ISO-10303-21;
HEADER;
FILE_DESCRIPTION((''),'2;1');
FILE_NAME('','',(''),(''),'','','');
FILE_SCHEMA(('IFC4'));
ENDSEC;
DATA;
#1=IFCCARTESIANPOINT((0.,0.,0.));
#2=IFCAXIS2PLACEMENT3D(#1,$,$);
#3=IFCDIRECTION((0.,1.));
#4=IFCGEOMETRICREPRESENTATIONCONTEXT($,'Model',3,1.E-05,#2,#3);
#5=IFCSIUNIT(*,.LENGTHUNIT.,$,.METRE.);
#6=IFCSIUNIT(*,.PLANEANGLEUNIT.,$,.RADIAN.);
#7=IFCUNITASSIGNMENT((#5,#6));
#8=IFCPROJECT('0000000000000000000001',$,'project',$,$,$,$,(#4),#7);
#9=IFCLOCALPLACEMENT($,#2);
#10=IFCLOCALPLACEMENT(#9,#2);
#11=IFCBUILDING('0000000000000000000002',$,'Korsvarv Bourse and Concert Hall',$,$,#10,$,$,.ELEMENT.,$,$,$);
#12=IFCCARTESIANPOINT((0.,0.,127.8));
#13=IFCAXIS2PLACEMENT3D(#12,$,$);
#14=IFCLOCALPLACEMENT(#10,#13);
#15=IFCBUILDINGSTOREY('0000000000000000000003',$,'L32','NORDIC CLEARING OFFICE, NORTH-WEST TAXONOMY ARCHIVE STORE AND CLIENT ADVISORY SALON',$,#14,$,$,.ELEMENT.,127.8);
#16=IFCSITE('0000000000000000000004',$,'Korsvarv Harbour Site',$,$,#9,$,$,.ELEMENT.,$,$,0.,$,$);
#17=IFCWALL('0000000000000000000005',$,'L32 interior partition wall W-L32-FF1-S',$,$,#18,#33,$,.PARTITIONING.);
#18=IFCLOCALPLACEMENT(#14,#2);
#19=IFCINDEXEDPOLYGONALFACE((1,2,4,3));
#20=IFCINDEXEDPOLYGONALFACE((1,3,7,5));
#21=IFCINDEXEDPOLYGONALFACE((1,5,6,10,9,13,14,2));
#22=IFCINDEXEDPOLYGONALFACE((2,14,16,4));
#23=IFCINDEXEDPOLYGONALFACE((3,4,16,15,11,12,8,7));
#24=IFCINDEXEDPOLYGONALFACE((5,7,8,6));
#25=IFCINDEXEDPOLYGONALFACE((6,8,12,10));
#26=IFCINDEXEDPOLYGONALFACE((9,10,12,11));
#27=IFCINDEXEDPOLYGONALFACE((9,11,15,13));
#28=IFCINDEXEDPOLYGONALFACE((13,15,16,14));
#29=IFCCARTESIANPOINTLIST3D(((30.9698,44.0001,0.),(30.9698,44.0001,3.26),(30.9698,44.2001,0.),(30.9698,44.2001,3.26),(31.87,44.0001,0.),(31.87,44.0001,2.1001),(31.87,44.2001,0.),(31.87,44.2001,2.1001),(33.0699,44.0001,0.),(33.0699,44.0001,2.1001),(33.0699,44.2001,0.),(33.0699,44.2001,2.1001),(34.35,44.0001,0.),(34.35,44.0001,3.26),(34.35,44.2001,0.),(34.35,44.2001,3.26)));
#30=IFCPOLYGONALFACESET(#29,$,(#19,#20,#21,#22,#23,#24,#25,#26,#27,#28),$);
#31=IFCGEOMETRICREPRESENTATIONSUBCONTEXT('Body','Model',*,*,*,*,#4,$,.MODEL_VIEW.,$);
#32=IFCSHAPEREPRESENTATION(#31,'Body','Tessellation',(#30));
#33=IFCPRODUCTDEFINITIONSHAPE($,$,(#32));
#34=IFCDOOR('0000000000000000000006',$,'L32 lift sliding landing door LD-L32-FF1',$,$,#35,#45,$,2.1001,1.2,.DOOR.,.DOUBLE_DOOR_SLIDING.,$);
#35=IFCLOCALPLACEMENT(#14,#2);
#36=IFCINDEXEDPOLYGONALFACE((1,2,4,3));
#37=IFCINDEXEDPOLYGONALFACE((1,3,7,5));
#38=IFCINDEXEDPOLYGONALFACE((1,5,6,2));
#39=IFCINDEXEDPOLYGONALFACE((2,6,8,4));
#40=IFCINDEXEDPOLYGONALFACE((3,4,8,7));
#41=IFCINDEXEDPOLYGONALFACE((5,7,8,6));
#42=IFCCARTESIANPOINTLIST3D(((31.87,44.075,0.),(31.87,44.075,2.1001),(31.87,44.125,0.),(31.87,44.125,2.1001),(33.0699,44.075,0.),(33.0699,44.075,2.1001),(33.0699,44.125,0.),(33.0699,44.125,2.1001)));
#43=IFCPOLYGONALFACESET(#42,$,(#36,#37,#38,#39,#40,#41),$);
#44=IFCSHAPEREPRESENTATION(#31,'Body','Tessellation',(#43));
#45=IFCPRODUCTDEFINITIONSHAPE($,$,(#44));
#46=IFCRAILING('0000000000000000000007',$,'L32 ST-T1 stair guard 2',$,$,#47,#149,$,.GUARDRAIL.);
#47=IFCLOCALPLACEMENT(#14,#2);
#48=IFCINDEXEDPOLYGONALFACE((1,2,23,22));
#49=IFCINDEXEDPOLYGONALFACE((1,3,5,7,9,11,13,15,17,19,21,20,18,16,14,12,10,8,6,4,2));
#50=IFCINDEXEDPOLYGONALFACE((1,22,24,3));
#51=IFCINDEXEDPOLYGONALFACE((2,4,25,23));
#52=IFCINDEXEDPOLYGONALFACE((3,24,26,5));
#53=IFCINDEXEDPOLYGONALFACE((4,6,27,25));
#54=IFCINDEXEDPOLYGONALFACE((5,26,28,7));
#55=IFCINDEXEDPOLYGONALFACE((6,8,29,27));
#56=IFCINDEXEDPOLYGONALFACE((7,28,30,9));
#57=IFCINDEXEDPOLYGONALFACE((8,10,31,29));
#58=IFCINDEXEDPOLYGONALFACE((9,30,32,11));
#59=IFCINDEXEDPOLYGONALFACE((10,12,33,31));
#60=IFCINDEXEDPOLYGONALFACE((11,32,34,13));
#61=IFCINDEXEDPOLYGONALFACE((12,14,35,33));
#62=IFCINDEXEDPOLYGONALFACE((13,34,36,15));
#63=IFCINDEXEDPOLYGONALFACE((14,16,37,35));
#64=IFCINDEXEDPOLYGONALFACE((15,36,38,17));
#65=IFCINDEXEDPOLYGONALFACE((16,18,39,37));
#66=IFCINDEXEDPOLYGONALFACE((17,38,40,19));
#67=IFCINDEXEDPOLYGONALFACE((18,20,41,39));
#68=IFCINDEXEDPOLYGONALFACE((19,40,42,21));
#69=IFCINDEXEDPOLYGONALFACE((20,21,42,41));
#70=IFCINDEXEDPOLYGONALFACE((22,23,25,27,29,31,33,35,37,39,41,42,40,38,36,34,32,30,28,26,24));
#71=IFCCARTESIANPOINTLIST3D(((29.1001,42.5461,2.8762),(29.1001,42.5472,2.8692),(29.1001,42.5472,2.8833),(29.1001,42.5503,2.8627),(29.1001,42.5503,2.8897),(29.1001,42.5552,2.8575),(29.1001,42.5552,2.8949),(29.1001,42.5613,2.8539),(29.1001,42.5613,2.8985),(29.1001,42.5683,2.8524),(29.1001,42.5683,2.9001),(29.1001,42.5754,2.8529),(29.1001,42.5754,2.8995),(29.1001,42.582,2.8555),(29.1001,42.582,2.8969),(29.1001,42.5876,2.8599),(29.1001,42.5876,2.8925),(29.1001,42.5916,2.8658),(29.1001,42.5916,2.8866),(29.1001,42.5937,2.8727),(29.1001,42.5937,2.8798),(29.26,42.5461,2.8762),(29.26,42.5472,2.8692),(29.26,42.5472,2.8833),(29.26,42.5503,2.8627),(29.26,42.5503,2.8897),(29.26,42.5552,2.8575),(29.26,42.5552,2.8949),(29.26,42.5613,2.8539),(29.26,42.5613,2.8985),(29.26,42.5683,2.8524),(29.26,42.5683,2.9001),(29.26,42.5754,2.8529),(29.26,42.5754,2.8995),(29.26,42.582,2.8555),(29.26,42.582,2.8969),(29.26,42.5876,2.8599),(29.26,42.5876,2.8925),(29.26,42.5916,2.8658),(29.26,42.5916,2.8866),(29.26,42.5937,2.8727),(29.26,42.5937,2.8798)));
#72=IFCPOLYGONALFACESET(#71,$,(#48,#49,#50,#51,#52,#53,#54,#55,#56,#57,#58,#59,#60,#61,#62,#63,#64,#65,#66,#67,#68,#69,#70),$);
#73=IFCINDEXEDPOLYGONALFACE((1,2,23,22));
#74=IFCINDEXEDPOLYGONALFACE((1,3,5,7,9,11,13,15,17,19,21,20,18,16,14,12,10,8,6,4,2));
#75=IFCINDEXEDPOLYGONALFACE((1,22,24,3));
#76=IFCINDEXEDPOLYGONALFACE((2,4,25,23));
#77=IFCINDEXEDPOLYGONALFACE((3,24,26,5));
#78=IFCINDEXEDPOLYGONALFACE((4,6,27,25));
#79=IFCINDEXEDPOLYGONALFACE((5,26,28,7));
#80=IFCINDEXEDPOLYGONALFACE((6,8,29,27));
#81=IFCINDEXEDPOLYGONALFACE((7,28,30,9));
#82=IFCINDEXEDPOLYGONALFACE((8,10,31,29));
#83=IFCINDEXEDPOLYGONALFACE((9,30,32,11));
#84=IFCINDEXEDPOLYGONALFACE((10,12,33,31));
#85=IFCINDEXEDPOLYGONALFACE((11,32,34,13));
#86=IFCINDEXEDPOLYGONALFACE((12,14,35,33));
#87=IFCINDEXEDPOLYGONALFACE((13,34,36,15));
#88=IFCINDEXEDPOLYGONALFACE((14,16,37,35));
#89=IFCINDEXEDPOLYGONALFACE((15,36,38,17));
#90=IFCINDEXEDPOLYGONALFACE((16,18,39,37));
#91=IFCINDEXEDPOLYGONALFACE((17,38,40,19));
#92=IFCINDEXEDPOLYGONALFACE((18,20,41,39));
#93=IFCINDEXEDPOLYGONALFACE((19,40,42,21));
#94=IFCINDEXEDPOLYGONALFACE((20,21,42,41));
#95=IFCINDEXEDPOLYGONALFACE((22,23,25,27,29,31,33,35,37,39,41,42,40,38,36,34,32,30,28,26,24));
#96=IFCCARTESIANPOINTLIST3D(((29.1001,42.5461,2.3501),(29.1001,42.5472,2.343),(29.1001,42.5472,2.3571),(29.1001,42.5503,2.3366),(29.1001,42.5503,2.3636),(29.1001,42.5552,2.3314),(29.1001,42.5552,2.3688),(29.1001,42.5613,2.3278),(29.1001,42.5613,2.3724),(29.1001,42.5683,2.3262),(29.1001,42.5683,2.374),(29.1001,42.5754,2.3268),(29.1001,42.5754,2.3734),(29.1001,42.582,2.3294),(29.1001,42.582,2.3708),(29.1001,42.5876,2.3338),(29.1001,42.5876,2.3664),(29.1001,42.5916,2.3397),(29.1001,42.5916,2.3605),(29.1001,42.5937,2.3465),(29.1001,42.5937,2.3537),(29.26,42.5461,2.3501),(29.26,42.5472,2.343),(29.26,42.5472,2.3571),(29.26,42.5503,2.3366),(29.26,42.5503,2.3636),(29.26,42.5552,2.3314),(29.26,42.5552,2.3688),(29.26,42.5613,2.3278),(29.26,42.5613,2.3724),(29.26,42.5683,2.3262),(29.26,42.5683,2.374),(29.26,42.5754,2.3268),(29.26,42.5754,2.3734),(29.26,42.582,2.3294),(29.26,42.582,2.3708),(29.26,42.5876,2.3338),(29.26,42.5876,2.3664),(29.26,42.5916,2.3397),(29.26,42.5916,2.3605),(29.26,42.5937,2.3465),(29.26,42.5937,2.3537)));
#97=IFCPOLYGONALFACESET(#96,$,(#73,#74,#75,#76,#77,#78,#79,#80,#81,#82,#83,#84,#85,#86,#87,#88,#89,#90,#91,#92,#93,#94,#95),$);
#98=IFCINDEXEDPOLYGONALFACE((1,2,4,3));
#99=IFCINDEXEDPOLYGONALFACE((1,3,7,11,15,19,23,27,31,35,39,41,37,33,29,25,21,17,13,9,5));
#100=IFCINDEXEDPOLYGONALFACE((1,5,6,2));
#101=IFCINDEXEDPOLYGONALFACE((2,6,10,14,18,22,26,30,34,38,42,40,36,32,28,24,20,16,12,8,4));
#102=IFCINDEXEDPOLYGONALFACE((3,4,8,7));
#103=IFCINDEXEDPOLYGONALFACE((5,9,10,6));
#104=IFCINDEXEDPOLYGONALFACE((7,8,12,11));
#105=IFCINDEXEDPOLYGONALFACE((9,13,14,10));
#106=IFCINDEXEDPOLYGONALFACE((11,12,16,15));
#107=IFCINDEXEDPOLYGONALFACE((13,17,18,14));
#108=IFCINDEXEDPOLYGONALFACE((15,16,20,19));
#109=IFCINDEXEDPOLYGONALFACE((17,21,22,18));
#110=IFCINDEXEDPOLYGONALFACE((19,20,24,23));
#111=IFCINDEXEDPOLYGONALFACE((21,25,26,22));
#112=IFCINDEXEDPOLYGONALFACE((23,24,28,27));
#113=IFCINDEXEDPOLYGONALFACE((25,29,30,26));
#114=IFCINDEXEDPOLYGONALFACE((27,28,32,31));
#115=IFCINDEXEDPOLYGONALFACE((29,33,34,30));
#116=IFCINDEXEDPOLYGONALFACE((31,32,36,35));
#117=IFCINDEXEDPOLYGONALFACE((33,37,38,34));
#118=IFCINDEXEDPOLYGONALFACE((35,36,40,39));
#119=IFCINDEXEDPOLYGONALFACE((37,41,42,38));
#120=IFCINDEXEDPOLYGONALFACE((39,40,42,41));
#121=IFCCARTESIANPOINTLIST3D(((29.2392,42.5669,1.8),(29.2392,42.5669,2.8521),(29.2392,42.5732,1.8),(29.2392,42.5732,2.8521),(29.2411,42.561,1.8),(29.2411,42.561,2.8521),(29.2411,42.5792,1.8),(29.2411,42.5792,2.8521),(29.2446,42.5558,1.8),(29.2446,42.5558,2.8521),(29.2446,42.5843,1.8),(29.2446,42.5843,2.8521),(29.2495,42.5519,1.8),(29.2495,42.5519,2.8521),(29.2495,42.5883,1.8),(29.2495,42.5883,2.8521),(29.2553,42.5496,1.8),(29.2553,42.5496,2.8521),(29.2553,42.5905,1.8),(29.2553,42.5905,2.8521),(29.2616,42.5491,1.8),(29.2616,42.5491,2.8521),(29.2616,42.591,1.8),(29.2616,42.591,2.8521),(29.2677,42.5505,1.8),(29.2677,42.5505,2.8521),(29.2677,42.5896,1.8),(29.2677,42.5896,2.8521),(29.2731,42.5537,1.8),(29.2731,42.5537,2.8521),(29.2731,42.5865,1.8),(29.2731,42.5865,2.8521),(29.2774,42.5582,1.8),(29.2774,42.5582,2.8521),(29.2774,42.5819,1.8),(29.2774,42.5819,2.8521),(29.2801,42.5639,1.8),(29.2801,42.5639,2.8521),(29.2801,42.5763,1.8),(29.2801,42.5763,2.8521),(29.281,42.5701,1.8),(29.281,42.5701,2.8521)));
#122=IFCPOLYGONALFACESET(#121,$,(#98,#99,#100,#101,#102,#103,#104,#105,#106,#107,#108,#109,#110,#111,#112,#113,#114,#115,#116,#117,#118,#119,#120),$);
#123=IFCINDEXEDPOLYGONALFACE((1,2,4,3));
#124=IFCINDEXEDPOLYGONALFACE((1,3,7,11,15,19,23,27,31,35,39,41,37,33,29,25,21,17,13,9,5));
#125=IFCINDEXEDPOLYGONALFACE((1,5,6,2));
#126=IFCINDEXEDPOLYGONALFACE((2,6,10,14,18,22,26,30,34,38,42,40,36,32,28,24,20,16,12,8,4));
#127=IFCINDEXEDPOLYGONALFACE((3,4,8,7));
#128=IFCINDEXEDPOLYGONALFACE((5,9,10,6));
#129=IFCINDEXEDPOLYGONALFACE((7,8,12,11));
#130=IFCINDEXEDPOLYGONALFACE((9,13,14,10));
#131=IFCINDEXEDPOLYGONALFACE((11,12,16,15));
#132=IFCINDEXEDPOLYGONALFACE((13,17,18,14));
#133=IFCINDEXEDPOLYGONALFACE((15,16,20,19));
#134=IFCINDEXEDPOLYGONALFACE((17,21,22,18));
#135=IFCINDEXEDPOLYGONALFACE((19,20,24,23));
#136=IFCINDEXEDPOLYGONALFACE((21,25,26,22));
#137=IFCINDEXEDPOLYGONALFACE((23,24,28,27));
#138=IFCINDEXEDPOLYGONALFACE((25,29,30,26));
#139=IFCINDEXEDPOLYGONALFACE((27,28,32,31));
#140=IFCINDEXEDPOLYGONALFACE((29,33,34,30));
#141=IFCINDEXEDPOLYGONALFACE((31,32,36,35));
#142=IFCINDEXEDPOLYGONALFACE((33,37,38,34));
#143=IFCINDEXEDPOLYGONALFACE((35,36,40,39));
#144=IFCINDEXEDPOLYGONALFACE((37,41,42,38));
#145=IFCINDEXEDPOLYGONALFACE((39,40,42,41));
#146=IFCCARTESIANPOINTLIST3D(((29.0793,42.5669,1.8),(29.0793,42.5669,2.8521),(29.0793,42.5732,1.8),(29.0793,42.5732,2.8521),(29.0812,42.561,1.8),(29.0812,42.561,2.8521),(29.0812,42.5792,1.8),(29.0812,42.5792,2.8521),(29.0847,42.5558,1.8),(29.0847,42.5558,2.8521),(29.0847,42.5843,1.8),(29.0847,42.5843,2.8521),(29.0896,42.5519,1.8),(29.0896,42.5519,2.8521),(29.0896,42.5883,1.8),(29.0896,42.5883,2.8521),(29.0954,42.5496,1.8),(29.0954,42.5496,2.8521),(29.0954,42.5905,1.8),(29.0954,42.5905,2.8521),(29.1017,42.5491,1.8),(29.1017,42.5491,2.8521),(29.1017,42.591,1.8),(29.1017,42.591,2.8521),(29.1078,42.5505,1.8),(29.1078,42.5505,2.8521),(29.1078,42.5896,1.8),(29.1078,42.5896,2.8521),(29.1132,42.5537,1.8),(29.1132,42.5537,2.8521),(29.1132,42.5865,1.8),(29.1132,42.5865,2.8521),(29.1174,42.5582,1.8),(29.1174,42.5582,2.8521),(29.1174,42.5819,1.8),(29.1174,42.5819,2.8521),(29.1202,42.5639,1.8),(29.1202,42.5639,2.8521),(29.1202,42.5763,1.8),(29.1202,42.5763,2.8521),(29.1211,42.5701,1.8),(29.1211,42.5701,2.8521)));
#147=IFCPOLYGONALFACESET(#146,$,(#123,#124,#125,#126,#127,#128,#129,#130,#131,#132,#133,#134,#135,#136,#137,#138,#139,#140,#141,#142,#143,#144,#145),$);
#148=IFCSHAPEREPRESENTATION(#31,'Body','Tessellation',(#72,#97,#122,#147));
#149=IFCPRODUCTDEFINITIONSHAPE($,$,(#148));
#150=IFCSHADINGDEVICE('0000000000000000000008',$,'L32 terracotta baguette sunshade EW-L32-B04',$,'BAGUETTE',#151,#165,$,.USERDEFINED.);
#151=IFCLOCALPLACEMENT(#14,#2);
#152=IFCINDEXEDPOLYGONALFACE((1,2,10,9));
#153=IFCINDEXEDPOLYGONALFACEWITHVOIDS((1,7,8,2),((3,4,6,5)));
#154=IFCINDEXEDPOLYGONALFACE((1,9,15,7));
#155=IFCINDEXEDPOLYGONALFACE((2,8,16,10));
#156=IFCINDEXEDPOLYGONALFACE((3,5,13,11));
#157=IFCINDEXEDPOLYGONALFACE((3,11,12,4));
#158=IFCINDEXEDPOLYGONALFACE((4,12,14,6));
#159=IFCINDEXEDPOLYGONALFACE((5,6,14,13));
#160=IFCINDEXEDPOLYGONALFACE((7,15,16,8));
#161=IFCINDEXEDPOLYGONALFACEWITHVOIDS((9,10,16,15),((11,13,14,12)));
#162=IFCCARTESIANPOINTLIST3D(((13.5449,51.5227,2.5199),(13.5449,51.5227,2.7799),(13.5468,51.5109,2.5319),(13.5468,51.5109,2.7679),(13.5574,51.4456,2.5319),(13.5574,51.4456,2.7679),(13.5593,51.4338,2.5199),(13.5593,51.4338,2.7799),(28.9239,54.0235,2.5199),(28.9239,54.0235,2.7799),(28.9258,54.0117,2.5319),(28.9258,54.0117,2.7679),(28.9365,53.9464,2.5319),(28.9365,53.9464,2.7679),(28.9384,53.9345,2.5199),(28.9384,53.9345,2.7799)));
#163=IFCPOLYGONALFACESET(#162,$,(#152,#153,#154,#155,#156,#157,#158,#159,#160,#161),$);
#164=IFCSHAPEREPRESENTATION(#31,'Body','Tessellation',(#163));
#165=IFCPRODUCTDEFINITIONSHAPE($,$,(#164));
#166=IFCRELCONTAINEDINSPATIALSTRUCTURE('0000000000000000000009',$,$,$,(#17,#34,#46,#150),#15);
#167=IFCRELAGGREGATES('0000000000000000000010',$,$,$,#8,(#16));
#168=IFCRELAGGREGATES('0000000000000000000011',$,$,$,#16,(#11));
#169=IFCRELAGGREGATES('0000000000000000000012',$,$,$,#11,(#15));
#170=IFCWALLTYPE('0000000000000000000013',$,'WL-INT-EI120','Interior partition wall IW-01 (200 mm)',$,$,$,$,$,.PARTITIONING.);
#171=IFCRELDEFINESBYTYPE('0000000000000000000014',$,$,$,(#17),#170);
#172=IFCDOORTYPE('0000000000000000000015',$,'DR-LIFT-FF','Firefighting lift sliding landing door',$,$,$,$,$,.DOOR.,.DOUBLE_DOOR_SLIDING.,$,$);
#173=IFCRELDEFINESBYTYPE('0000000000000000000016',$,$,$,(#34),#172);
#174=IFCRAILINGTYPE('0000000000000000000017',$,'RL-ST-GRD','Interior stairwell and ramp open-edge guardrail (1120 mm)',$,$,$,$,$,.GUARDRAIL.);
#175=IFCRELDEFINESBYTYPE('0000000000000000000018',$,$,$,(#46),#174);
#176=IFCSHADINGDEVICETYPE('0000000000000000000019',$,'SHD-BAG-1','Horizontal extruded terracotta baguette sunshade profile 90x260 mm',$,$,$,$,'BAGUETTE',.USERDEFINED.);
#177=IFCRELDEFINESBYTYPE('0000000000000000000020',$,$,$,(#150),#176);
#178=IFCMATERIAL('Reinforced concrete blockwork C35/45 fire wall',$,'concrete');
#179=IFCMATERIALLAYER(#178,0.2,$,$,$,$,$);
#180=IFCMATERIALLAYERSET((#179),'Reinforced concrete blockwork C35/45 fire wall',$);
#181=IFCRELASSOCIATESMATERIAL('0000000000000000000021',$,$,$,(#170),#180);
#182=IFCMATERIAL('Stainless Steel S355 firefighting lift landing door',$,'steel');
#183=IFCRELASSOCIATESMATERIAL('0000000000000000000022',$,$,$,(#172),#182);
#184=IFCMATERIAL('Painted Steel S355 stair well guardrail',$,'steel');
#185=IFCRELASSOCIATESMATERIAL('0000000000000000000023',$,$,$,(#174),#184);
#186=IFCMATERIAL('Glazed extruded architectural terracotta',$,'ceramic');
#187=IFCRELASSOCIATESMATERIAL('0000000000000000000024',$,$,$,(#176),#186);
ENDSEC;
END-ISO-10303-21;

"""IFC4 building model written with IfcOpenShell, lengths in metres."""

from ifc_helpers import new_model, si_unit, direction, frame, frame_2d, origin, origin_2d, place, context, subcontext, project, spatial, rectangle, hollow_rectangle, circle, extrude, source, transform, mapped, material, layer, layer_set, material_profile, profile_set, type_object, element, fill, save


model = new_model("IFC4")

# Units and contexts
model_context = context("Model", 3, precision=1e-05, world=origin(), true_north=direction((0.0, 1.0)))
body_context = subcontext(model_context, "Body", "Model", "MODEL_VIEW")
ifc_project = project(units=[si_unit("LENGTHUNIT", "METRE"), si_unit("PLANEANGLEUNIT", "RADIAN")], contexts=[model_context])

# Site, building, storey
site_placement = place(None, origin())
site = spatial("IfcSite", under=ifc_project, at=site_placement, Name="Korsvarv Harbour Site", CompositionType="ELEMENT", RefElevation=0.0)
building_placement = place(site_placement, origin())
building = spatial("IfcBuilding", under=site, at=building_placement, Name="Korsvarv Bourse and Concert Hall", CompositionType="ELEMENT")
storey_placement = place(building_placement, frame((0.0, 0.0, 127.8)))
storey = spatial("IfcBuildingStorey", under=building, at=storey_placement, Name="L32", Description="NORDIC CLEARING OFFICE, NORTH-WEST TAXONOMY ARCHIVE STORE AND CLIENT ADVISORY SALON", CompositionType="ELEMENT", Elevation=127.8)

# Wall, opening, door
ifc_material_1 = material(Name="Reinforced concrete blockwork C35/45 fire wall", Category="concrete")
ifc_layer_1 = layer(ifc_material_1, 0.2)
ifc_layer_set_1 = layer_set([ifc_layer_1], Name="Reinforced concrete blockwork C35/45 fire wall")
wall_type_1 = type_object("IfcWallType", Name="WL-INT-EI120", Description="Interior partition wall IW-01 (200 mm)", PredefinedType="PARTITIONING", material=ifc_layer_set_1)
wall_1_placement = place(storey_placement, frame((30.97, 44.1001, 0.0), z_axis=(0.0, 0.0, 1.0), x_axis=(1.0, 0.0, 0.0)))
wall_1 = element("IfcWall", 1, at=wall_1_placement, inside=storey, type_object=wall_type_1, Name="L32 interior partition wall W-L32-FF1-S", PredefinedType="PARTITIONING", context=body_context, shape_type="SweptSolid", body=[
    extrude(rectangle(XDim=3.3801, YDim=0.2, at=frame_2d((1.6899, 0.0))), origin(), (0.0, 0.0, 1.0), 3.26),
])
opening_placement = place(wall_1_placement, frame((0.8999, 0.0, 0.0)))
opening = element("IfcOpeningElement", 2, at=opening_placement, cuts=wall_1, PredefinedType="OPENING", context=body_context, shape_type="SweptSolid", body=[
    extrude(rectangle(XDim=1.2, YDim=2.1001, at=frame_2d((0.6001, 1.05))), frame((0.0, 0.1099, 0.0), z_axis=(0.0, -1.0, 0.0), x_axis=(1.0, 0.0, 0.0)), (0.0, 0.0, 1.0), 0.22),
])
ifc_material_2 = material(Name="Stainless Steel S355 firefighting lift landing door", Category="steel")
door_type = type_object("IfcDoorType", Name="DR-LIFT-FF", Description="Firefighting lift sliding landing door", OperationType="DOUBLE_DOOR_SLIDING", PredefinedType="DOOR", material=ifc_material_2)
door_placement = place(opening_placement, origin())
door = element("IfcDoor", 3, at=door_placement, inside=storey, type_object=door_type, Name="L32 lift sliding landing door LD-L32-FF1", OperationType="DOUBLE_DOOR_SLIDING", OverallHeight=2.1001, OverallWidth=1.2, PredefinedType="DOOR", context=body_context, shape_type="SweptSolid", body=[
    extrude(rectangle(XDim=1.2, YDim=2.1001, at=frame_2d((0.6001, 1.05))), frame((0.0, 0.0249, 0.0), z_axis=(0.0, -1.0, 0.0), x_axis=(1.0, 0.0, 0.0)), (0.0, 0.0, 1.0), 0.05),
])
fill(opening, door)

# Railing
ifc_material_3 = material(Name="Painted Steel S355 stair well guardrail", Category="steel")
railing_type = type_object("IfcRailingType", Name="RL-ST-GRD", Description="Interior stairwell and ramp open-edge guardrail (1120 mm)", PredefinedType="GUARDRAIL", material=ifc_material_3)
railing_placement = place(storey_placement, frame((29.26, 42.5701, 1.8)))
element("IfcRailing", 4, at=railing_placement, inside=storey, type_object=railing_type, Name="L32 ST-T1 stair guard 2", PredefinedType="GUARDRAIL", context=body_context, shape_type="SweptSolid", body=[
    extrude(circle(Radius=0.0239, at=origin_2d()), frame((0.0, 0.0, 1.0762), z_axis=(-1.0, 0.0, 0.0), x_axis=(0.0, -1.0, 0.0)), (0.0, 0.0, 1.0), 0.1599),
    extrude(circle(Radius=0.0239, at=origin_2d()), frame((0.0, 0.0, 0.55), z_axis=(-1.0, 0.0, 0.0), x_axis=(0.0, -1.0, 0.0)), (0.0, 0.0, 1.0), 0.1599),
    extrude(circle(Radius=0.021, at=origin_2d()), origin(), (0.0, 0.0, 1.0), 1.052),
    extrude(circle(Radius=0.021, at=origin_2d()), frame((-0.1599, 0.0, 0.0)), (0.0, 0.0, 1.0), 1.052),
])

# Shading device
ifc_material_4 = material(Name="Glazed extruded architectural terracotta", Category="ceramic")
ifc_material_profile_1 = material_profile(ifc_material_4, hollow_rectangle(XDim=0.0901, YDim=0.26, WallThickness=0.012, at=origin_2d()), Name="TC-BAG 90x260")
ifc_profile_set_1 = profile_set([ifc_material_profile_1], Name="Glazed extruded architectural terracotta")
shading_device_type = type_object("IfcShadingDeviceType", Name="SHD-BAG-1", Description="Horizontal extruded terracotta baguette sunshade profile 90x260 mm", ElementType="BAGUETTE", PredefinedType="USERDEFINED", material=ifc_profile_set_1)
shared_shape_1 = source(origin(), body_context, "Body", "SweptSolid", [
    extrude(hollow_rectangle(XDim=0.0901, YDim=0.26, WallThickness=0.012, at=origin_2d()), origin(), (0.0, 0.0, 1.0), 15.5811),
])
shading_device_placement = place(storey_placement, frame((28.9312, 53.979, 2.6499), z_axis=(-0.987036, -0.160497, 0.0), x_axis=(0.160497, -0.987036, 0.0)))
element("IfcShadingDevice", 5, at=shading_device_placement, inside=storey, type_object=shading_device_type, Name="L32 terracotta baguette sunshade EW-L32-B04", ObjectType="BAGUETTE", PredefinedType="USERDEFINED", context=body_context, shape_type="MappedRepresentation", body=[
    mapped(shared_shape_1, transform((0.0, 0.0, 0.0), scale=1.0)),
])

save(model, "model.ifc")
